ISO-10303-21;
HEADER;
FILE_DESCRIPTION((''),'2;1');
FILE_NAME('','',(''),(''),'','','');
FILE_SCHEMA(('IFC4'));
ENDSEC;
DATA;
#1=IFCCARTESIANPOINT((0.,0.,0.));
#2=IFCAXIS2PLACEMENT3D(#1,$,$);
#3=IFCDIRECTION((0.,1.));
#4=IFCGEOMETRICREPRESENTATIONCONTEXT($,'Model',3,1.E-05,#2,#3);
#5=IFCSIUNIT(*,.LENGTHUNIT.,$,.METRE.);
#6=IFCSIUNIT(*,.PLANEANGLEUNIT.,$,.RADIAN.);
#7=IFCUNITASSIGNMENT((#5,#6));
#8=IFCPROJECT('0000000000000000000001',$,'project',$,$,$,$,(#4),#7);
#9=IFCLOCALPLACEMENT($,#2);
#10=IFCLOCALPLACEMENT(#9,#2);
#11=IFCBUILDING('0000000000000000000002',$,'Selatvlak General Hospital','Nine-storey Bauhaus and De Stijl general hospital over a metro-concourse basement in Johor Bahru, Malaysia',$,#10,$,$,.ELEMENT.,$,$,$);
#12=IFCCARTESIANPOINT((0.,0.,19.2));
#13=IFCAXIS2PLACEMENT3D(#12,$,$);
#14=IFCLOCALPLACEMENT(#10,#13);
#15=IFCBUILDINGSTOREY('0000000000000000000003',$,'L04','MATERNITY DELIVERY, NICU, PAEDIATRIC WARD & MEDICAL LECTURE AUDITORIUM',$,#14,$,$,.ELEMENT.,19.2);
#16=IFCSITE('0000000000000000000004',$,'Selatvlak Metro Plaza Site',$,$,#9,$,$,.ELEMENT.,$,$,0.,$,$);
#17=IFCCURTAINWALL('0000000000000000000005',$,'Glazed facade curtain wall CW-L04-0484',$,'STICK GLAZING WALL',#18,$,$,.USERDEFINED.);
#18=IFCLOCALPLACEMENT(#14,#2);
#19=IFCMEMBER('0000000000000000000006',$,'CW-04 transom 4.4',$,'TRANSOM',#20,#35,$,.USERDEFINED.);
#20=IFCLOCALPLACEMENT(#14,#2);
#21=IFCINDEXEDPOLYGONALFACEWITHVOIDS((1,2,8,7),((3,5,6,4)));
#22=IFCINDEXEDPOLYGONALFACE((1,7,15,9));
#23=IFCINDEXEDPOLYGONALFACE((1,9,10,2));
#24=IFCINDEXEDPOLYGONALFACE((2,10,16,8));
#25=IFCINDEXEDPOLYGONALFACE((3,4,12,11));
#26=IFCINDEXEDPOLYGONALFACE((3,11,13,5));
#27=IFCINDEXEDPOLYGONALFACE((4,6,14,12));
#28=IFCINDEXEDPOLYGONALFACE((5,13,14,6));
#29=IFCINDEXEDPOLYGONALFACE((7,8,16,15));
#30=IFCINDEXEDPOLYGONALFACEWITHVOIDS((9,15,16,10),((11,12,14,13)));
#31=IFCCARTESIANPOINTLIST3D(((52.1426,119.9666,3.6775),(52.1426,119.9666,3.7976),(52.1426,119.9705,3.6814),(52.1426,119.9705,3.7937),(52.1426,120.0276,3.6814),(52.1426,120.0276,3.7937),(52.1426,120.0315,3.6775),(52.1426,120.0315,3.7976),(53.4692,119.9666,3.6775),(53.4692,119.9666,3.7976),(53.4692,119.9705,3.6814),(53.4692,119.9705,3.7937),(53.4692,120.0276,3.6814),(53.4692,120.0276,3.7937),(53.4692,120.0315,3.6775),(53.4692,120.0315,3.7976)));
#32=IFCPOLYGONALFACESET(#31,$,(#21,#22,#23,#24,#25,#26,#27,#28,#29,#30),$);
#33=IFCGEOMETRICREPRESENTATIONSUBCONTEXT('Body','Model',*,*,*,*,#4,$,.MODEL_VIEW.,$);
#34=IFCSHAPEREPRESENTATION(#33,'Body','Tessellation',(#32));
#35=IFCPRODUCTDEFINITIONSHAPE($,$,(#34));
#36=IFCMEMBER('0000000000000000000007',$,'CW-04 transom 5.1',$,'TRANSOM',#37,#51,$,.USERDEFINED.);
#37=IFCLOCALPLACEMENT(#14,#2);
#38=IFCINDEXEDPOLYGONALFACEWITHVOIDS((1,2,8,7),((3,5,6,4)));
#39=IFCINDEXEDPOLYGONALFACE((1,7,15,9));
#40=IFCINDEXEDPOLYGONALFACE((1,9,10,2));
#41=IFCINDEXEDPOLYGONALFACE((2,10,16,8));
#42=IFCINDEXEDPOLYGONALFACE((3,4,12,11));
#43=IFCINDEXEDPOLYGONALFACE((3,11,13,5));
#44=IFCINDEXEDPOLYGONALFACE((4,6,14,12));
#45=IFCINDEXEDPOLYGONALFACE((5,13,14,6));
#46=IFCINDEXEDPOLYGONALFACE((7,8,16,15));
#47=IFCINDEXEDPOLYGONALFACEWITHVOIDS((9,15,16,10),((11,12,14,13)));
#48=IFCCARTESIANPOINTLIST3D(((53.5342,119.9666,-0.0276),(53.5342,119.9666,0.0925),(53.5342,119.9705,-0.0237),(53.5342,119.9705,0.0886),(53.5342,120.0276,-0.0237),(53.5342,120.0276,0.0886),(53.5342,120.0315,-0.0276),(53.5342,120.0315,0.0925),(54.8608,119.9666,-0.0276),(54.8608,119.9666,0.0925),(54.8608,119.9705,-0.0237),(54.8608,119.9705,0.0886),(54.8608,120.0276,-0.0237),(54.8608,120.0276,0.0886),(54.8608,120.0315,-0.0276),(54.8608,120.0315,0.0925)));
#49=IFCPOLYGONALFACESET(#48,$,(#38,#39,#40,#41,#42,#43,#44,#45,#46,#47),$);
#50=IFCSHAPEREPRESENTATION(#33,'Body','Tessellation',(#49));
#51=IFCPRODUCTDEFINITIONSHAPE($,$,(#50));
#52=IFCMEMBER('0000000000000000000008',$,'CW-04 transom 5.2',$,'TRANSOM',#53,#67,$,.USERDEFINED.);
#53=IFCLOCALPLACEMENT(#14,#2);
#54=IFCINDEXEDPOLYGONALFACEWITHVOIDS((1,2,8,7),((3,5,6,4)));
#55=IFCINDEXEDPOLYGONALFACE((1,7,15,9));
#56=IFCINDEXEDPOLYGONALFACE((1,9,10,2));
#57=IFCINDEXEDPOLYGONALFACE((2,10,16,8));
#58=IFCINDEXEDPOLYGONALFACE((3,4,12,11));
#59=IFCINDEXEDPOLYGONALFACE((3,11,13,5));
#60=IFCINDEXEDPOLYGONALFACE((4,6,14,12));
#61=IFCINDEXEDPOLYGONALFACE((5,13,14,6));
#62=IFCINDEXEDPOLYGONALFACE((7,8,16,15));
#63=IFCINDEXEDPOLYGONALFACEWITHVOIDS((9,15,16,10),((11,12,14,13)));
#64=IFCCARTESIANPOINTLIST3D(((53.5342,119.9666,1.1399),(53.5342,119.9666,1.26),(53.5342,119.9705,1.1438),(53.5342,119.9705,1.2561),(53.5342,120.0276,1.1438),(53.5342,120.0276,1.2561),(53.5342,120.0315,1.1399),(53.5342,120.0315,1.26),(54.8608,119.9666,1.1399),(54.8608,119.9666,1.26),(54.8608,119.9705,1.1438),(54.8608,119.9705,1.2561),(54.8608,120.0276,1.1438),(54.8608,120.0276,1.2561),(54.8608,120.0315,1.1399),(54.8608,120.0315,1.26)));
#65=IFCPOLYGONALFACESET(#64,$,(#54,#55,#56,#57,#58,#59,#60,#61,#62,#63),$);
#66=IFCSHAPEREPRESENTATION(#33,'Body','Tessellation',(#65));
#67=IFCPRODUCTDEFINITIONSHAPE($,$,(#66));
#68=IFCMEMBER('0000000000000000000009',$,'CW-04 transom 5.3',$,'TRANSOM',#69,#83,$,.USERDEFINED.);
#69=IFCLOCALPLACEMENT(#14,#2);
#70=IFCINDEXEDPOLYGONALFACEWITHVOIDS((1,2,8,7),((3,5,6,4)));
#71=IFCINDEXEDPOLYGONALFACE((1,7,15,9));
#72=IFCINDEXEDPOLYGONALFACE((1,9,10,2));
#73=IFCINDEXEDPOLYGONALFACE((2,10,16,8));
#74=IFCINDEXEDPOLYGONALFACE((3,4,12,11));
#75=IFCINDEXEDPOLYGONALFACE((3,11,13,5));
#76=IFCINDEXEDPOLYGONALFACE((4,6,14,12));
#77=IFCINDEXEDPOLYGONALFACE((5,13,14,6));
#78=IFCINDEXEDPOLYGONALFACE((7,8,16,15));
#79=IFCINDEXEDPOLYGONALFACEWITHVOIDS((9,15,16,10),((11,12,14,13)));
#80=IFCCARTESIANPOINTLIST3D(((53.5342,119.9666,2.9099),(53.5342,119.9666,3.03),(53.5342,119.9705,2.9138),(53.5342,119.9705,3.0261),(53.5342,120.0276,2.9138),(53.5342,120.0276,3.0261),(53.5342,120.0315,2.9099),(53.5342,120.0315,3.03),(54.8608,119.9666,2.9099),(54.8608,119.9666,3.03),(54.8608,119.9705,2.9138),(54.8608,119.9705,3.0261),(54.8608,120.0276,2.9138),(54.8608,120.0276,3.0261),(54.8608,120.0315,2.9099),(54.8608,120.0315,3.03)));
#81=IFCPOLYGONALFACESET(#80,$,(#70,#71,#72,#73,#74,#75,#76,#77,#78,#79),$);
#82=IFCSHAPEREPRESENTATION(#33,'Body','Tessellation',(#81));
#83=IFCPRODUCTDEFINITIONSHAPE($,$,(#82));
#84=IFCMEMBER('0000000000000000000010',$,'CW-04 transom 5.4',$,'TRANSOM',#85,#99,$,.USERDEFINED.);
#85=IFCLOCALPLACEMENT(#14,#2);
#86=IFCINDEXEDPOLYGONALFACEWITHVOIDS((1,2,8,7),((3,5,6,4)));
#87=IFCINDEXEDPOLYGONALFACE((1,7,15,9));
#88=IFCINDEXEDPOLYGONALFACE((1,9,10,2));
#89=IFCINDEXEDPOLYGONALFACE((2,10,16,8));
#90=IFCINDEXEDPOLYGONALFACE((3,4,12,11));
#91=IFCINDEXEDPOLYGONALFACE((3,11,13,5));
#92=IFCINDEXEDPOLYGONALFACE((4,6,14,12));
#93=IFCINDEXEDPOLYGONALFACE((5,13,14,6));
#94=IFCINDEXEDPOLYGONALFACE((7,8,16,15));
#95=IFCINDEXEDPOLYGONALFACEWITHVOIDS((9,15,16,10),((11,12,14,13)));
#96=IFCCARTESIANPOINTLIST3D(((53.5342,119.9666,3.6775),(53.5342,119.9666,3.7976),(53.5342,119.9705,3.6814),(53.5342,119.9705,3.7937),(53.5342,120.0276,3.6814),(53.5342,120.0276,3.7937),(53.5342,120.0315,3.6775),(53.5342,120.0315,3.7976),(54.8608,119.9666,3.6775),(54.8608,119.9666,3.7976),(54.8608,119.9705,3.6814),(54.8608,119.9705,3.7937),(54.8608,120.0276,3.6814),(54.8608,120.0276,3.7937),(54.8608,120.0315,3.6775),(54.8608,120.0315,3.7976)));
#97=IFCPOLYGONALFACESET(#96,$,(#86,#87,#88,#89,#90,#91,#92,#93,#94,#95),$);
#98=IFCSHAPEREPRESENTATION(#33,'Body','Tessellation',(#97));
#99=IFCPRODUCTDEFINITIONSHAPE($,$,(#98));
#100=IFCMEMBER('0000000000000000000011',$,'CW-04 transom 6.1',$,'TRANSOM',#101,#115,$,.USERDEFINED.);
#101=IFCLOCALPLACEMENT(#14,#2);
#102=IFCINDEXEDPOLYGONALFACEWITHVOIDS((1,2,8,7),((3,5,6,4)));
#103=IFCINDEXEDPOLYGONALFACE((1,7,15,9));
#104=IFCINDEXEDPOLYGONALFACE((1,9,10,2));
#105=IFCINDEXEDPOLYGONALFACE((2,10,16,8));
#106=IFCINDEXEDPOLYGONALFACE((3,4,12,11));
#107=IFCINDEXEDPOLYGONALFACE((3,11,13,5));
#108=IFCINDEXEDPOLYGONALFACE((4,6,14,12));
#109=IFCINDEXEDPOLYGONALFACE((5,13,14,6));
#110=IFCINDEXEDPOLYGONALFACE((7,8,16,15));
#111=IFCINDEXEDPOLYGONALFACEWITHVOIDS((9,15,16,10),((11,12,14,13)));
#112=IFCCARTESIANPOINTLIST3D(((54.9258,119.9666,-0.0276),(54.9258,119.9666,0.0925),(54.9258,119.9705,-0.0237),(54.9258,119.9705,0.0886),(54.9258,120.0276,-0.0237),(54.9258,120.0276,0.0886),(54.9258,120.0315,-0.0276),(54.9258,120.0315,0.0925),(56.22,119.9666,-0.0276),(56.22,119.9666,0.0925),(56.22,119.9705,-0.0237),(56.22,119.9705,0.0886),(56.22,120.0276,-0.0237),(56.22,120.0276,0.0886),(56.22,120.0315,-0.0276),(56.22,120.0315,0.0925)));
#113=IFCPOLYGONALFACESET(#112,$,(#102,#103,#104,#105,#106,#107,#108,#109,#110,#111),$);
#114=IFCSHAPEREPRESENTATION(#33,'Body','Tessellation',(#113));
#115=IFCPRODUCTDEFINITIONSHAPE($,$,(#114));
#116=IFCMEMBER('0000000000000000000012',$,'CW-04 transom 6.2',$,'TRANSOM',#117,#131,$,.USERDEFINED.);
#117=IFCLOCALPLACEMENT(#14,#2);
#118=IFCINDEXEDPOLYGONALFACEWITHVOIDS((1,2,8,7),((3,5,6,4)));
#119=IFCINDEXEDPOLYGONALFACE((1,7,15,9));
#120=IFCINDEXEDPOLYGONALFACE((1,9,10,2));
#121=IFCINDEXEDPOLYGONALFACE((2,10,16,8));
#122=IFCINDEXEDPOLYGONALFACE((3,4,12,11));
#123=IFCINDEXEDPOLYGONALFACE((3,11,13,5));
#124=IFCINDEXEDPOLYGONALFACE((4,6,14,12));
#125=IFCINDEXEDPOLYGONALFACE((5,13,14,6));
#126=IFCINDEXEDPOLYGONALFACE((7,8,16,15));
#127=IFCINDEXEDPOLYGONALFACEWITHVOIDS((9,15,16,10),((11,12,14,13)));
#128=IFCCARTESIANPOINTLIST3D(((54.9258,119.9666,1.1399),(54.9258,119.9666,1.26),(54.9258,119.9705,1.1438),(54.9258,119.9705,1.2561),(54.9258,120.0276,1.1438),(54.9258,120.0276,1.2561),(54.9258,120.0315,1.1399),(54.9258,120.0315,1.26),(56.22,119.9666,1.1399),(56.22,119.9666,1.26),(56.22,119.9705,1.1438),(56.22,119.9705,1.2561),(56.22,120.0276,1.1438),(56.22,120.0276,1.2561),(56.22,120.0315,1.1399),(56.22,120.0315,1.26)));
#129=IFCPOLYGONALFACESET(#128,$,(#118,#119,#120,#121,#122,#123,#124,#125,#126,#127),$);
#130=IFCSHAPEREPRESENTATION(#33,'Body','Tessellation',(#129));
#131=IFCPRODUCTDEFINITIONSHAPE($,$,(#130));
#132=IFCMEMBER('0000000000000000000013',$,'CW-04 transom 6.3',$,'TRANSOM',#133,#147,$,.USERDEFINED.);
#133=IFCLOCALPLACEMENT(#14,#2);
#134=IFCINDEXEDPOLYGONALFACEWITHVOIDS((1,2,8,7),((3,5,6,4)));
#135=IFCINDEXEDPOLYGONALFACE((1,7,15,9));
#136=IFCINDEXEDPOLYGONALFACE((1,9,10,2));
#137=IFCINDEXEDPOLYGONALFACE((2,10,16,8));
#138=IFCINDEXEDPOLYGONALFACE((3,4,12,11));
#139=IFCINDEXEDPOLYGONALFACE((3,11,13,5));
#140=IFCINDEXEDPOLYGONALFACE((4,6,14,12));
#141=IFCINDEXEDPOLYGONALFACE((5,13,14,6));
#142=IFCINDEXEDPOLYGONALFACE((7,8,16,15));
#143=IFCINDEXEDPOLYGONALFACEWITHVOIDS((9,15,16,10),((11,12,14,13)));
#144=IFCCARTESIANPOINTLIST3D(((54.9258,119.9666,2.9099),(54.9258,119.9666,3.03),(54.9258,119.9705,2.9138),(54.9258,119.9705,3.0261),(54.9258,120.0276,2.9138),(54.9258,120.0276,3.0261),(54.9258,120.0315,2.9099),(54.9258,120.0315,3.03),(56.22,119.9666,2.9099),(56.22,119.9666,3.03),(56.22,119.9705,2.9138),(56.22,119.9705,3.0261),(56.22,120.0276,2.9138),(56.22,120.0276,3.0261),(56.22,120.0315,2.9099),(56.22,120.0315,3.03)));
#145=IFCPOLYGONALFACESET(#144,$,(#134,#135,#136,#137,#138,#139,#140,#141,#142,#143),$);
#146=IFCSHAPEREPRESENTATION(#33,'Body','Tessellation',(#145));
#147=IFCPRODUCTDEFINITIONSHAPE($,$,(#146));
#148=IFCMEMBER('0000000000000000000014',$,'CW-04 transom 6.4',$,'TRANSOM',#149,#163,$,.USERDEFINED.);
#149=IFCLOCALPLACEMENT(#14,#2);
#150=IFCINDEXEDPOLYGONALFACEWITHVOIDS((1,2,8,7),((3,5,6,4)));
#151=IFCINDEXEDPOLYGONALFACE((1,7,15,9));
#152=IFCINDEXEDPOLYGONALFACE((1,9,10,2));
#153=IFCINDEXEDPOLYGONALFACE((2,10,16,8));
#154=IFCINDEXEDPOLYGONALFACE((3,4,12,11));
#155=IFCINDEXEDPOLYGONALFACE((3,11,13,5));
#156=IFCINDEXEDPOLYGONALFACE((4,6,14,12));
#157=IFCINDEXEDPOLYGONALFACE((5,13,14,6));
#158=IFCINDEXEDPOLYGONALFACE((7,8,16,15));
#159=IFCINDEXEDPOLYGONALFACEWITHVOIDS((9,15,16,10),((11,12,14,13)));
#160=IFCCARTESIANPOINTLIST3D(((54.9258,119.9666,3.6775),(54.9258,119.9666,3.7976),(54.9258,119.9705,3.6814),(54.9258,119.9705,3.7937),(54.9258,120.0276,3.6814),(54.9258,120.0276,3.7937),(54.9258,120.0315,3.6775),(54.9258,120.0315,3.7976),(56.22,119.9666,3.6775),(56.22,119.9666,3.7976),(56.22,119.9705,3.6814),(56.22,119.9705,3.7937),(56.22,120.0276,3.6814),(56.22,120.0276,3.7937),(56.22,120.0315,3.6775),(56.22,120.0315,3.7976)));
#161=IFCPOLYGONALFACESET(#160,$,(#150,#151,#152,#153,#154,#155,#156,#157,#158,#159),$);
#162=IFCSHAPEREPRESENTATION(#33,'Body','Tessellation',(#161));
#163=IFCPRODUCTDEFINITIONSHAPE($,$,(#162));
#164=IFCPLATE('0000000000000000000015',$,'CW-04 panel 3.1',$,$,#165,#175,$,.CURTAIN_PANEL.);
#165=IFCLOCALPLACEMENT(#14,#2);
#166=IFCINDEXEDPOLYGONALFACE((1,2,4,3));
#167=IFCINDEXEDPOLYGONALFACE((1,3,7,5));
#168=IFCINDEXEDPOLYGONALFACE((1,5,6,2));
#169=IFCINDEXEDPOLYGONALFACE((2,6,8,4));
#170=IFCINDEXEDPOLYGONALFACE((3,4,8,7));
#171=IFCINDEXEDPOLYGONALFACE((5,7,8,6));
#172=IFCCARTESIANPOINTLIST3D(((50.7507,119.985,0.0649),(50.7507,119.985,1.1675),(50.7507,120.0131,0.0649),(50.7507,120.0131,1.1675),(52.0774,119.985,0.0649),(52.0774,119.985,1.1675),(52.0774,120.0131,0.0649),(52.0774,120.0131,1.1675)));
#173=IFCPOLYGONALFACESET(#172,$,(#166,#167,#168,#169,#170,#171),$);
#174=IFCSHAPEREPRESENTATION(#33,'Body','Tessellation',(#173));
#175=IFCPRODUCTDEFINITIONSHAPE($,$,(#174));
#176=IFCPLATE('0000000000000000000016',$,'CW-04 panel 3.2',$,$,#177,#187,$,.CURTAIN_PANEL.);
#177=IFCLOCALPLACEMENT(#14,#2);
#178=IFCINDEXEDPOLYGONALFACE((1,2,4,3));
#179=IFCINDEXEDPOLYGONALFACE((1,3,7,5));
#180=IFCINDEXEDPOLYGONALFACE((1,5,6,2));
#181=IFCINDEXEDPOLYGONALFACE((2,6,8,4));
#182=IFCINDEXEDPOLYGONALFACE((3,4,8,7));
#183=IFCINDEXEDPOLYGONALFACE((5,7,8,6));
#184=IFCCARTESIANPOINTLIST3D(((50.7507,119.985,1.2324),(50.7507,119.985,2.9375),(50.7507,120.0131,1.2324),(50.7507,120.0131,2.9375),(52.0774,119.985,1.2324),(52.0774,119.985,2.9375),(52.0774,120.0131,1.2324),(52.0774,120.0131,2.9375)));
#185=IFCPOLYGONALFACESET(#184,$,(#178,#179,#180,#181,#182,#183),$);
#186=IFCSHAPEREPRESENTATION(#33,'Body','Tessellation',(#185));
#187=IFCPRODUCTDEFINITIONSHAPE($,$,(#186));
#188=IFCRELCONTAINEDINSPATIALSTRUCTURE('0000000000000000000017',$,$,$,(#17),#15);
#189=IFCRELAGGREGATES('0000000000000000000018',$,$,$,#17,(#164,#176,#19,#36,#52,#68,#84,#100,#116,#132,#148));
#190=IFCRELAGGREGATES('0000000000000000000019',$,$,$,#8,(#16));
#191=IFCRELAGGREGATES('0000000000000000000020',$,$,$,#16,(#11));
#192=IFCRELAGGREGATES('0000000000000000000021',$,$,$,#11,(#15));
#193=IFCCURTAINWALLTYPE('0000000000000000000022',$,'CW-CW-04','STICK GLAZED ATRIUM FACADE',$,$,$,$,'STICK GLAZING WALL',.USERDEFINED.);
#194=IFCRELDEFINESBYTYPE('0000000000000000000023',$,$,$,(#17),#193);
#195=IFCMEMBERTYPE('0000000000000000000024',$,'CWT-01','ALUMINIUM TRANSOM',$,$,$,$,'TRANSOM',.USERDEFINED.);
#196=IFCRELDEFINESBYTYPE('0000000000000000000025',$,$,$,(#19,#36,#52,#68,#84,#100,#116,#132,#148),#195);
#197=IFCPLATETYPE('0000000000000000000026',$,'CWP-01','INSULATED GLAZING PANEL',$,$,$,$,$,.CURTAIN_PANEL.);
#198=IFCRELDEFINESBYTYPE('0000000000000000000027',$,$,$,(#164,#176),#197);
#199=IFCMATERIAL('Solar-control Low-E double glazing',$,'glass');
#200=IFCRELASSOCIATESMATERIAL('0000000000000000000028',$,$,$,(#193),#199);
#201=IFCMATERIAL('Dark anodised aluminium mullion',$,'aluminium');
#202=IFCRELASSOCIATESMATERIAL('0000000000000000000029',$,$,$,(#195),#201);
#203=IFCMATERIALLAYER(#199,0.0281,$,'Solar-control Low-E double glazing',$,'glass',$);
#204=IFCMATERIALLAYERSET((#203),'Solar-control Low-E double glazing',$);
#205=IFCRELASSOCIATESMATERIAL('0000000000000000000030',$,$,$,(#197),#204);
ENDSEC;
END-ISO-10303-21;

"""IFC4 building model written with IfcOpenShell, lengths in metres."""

from ifc_helpers import new_model, si_unit, direction, frame, origin, origin_2d, place, context, subcontext, project, spatial, rectangle, hollow_rectangle, extrude, material, layer, layer_set, material_profile, profile_set, type_object, element, aggregate, save


model = new_model("IFC4")

# Units and contexts
model_context = context("Model", 3, precision=1e-05, world=origin(), true_north=direction((0.0, 1.0)))
body_context = subcontext(model_context, "Body", "Model", "MODEL_VIEW")
ifc_project = project(units=[si_unit("LENGTHUNIT", "METRE"), si_unit("PLANEANGLEUNIT", "RADIAN")], contexts=[model_context])

# Site, building, storey
site_placement = place(None, origin())
site = spatial("IfcSite", under=ifc_project, at=site_placement, Name="Selatvlak Metro Plaza Site", CompositionType="ELEMENT", RefElevation=0.0)
building_placement = place(site_placement, origin())
building = spatial("IfcBuilding", under=site, at=building_placement, Name="Selatvlak General Hospital", Description="Nine-storey Bauhaus and De Stijl general hospital over a metro-concourse basement in Johor Bahru, Malaysia", CompositionType="ELEMENT")
storey_placement = place(building_placement, frame((0.0, 0.0, 19.2)))
storey = spatial("IfcBuildingStorey", under=building, at=storey_placement, Name="L04", Description="MATERNITY DELIVERY, NICU, PAEDIATRIC WARD & MEDICAL LECTURE AUDITORIUM", CompositionType="ELEMENT", Elevation=19.2)

# Curtain wall, members, plates
ifc_material_1 = material(Name="Solar-control Low-E double glazing", Category="glass")
curtain_wall_type = type_object("IfcCurtainWallType", Name="CW-CW-04", Description="STICK GLAZED ATRIUM FACADE", ElementType="STICK GLAZING WALL", PredefinedType="USERDEFINED", material=ifc_material_1)
curtain_wall_placement = place(storey_placement, origin())
curtain_wall = element("IfcCurtainWall", 1, at=curtain_wall_placement, inside=storey, type_object=curtain_wall_type, Name="Glazed facade curtain wall CW-L04-0484", ObjectType="STICK GLAZING WALL", PredefinedType="USERDEFINED")
ifc_material_2 = material(Name="Dark anodised aluminium mullion", Category="aluminium")
ifc_material_profile_1 = material_profile(ifc_material_2, hollow_rectangle(XDim=0.0649, YDim=0.1201, WallThickness=0.0039, at=origin_2d()), Name="AL-TRN 65x120x4")
ifc_profile_set_1 = profile_set([ifc_material_profile_1], Name="Dark anodised aluminium mullion")
member_type_1 = type_object("IfcMemberType", Name="CWT-01", Description="ALUMINIUM TRANSOM", ElementType="TRANSOM", PredefinedType="USERDEFINED", material=ifc_profile_set_1)
member_1_placement = place(storey_placement, frame((52.1426, 119.999, 3.7375), z_axis=(1.0, 0.0, 0.0), x_axis=(0.0, 1.0, 0.0)))
member_1 = element("IfcMember", 2, at=member_1_placement, type_object=member_type_1, Name="CW-04 transom 4.4", ObjectType="TRANSOM", PredefinedType="USERDEFINED", context=body_context, shape_type="SweptSolid", body=[
    extrude(hollow_rectangle(XDim=0.0649, YDim=0.1201, WallThickness=0.0039, at=origin_2d()), origin(), (0.0, 0.0, 1.0), 1.3267),
])
member_2_placement = place(storey_placement, frame((53.5342, 119.999, 0.0325), z_axis=(1.0, 0.0, 0.0), x_axis=(0.0, 1.0, 0.0)))
member_2 = element("IfcMember", 3, at=member_2_placement, type_object=member_type_1, Name="CW-04 transom 5.1", ObjectType="TRANSOM", PredefinedType="USERDEFINED", context=body_context, shape_type="SweptSolid", body=[
    extrude(hollow_rectangle(XDim=0.0649, YDim=0.1201, WallThickness=0.0039, at=origin_2d()), origin(), (0.0, 0.0, 1.0), 1.3267),
])
member_3_placement = place(storey_placement, frame((53.5342, 119.999, 1.2), z_axis=(1.0, 0.0, 0.0), x_axis=(0.0, 1.0, 0.0)))
member_3 = element("IfcMember", 4, at=member_3_placement, type_object=member_type_1, Name="CW-04 transom 5.2", ObjectType="TRANSOM", PredefinedType="USERDEFINED", context=body_context, shape_type="SweptSolid", body=[
    extrude(hollow_rectangle(XDim=0.0649, YDim=0.1201, WallThickness=0.0039, at=origin_2d()), origin(), (0.0, 0.0, 1.0), 1.3267),
])
member_4_placement = place(storey_placement, frame((53.5342, 119.999, 2.97), z_axis=(1.0, 0.0, 0.0), x_axis=(0.0, 1.0, 0.0)))
member_4 = element("IfcMember", 5, at=member_4_placement, type_object=member_type_1, Name="CW-04 transom 5.3", ObjectType="TRANSOM", PredefinedType="USERDEFINED", context=body_context, shape_type="SweptSolid", body=[
    extrude(hollow_rectangle(XDim=0.0649, YDim=0.1201, WallThickness=0.0039, at=origin_2d()), origin(), (0.0, 0.0, 1.0), 1.3267),
])
member_5_placement = place(storey_placement, frame((53.5342, 119.999, 3.7375), z_axis=(1.0, 0.0, 0.0), x_axis=(0.0, 1.0, 0.0)))
member_5 = element("IfcMember", 6, at=member_5_placement, type_object=member_type_1, Name="CW-04 transom 5.4", ObjectType="TRANSOM", PredefinedType="USERDEFINED", context=body_context, shape_type="SweptSolid", body=[
    extrude(hollow_rectangle(XDim=0.0649, YDim=0.1201, WallThickness=0.0039, at=origin_2d()), origin(), (0.0, 0.0, 1.0), 1.3267),
])
member_6_placement = place(storey_placement, frame((54.9258, 119.999, 0.0325), z_axis=(1.0, 0.0, 0.0), x_axis=(0.0, 1.0, 0.0)))
member_6 = element("IfcMember", 7, at=member_6_placement, type_object=member_type_1, Name="CW-04 transom 6.1", ObjectType="TRANSOM", PredefinedType="USERDEFINED", context=body_context, shape_type="SweptSolid", body=[
    extrude(hollow_rectangle(XDim=0.0649, YDim=0.1201, WallThickness=0.0039, at=origin_2d()), origin(), (0.0, 0.0, 1.0), 1.2942),
])
member_7_placement = place(storey_placement, frame((54.9258, 119.999, 1.2), z_axis=(1.0, 0.0, 0.0), x_axis=(0.0, 1.0, 0.0)))
member_7 = element("IfcMember", 8, at=member_7_placement, type_object=member_type_1, Name="CW-04 transom 6.2", ObjectType="TRANSOM", PredefinedType="USERDEFINED", context=body_context, shape_type="SweptSolid", body=[
    extrude(hollow_rectangle(XDim=0.0649, YDim=0.1201, WallThickness=0.0039, at=origin_2d()), origin(), (0.0, 0.0, 1.0), 1.2942),
])
member_8_placement = place(storey_placement, frame((54.9258, 119.999, 2.97), z_axis=(1.0, 0.0, 0.0), x_axis=(0.0, 1.0, 0.0)))
member_8 = element("IfcMember", 9, at=member_8_placement, type_object=member_type_1, Name="CW-04 transom 6.3", ObjectType="TRANSOM", PredefinedType="USERDEFINED", context=body_context, shape_type="SweptSolid", body=[
    extrude(hollow_rectangle(XDim=0.0649, YDim=0.1201, WallThickness=0.0039, at=origin_2d()), origin(), (0.0, 0.0, 1.0), 1.2942),
])
member_9_placement = place(storey_placement, frame((54.9258, 119.999, 3.7375), z_axis=(1.0, 0.0, 0.0), x_axis=(0.0, 1.0, 0.0)))
member_9 = element("IfcMember", 10, at=member_9_placement, type_object=member_type_1, Name="CW-04 transom 6.4", ObjectType="TRANSOM", PredefinedType="USERDEFINED", context=body_context, shape_type="SweptSolid", body=[
    extrude(hollow_rectangle(XDim=0.0649, YDim=0.1201, WallThickness=0.0039, at=origin_2d()), origin(), (0.0, 0.0, 1.0), 1.2942),
])
ifc_layer = layer(ifc_material_1, 0.0281, Name="Solar-control Low-E double glazing", Category="glass")
ifc_layer_set = layer_set([ifc_layer], Name="Solar-control Low-E double glazing")
plate_type = type_object("IfcPlateType", Name="CWP-01", Description="INSULATED GLAZING PANEL", PredefinedType="CURTAIN_PANEL", material=ifc_layer_set)
plate_1_placement = place(storey_placement, frame((51.4141, 119.999, 0.0649), z_axis=(0.0, 0.0, 1.0), x_axis=(1.0, 0.0, 0.0)))
plate_1 = element("IfcPlate", 11, at=plate_1_placement, type_object=plate_type, Name="CW-04 panel 3.1", PredefinedType="CURTAIN_PANEL", context=body_context, shape_type="SweptSolid", body=[
    extrude(rectangle(XDim=1.3267, YDim=0.0281, at=origin_2d()), origin(), (0.0, 0.0, 1.0), 1.1025),
])
plate_2_placement = place(storey_placement, frame((51.4141, 119.999, 1.2324), z_axis=(0.0, 0.0, 1.0), x_axis=(1.0, 0.0, 0.0)))
plate_2 = element("IfcPlate", 12, at=plate_2_placement, type_object=plate_type, Name="CW-04 panel 3.2", PredefinedType="CURTAIN_PANEL", context=body_context, shape_type="SweptSolid", body=[
    extrude(rectangle(XDim=1.3267, YDim=0.0281, at=origin_2d()), origin(), (0.0, 0.0, 1.0), 1.7051),
])
aggregate(curtain_wall, [plate_1, plate_2, member_1, member_2, member_3, member_4, member_5, member_6, member_7, member_8, member_9])

save(model, "model.ifc")
